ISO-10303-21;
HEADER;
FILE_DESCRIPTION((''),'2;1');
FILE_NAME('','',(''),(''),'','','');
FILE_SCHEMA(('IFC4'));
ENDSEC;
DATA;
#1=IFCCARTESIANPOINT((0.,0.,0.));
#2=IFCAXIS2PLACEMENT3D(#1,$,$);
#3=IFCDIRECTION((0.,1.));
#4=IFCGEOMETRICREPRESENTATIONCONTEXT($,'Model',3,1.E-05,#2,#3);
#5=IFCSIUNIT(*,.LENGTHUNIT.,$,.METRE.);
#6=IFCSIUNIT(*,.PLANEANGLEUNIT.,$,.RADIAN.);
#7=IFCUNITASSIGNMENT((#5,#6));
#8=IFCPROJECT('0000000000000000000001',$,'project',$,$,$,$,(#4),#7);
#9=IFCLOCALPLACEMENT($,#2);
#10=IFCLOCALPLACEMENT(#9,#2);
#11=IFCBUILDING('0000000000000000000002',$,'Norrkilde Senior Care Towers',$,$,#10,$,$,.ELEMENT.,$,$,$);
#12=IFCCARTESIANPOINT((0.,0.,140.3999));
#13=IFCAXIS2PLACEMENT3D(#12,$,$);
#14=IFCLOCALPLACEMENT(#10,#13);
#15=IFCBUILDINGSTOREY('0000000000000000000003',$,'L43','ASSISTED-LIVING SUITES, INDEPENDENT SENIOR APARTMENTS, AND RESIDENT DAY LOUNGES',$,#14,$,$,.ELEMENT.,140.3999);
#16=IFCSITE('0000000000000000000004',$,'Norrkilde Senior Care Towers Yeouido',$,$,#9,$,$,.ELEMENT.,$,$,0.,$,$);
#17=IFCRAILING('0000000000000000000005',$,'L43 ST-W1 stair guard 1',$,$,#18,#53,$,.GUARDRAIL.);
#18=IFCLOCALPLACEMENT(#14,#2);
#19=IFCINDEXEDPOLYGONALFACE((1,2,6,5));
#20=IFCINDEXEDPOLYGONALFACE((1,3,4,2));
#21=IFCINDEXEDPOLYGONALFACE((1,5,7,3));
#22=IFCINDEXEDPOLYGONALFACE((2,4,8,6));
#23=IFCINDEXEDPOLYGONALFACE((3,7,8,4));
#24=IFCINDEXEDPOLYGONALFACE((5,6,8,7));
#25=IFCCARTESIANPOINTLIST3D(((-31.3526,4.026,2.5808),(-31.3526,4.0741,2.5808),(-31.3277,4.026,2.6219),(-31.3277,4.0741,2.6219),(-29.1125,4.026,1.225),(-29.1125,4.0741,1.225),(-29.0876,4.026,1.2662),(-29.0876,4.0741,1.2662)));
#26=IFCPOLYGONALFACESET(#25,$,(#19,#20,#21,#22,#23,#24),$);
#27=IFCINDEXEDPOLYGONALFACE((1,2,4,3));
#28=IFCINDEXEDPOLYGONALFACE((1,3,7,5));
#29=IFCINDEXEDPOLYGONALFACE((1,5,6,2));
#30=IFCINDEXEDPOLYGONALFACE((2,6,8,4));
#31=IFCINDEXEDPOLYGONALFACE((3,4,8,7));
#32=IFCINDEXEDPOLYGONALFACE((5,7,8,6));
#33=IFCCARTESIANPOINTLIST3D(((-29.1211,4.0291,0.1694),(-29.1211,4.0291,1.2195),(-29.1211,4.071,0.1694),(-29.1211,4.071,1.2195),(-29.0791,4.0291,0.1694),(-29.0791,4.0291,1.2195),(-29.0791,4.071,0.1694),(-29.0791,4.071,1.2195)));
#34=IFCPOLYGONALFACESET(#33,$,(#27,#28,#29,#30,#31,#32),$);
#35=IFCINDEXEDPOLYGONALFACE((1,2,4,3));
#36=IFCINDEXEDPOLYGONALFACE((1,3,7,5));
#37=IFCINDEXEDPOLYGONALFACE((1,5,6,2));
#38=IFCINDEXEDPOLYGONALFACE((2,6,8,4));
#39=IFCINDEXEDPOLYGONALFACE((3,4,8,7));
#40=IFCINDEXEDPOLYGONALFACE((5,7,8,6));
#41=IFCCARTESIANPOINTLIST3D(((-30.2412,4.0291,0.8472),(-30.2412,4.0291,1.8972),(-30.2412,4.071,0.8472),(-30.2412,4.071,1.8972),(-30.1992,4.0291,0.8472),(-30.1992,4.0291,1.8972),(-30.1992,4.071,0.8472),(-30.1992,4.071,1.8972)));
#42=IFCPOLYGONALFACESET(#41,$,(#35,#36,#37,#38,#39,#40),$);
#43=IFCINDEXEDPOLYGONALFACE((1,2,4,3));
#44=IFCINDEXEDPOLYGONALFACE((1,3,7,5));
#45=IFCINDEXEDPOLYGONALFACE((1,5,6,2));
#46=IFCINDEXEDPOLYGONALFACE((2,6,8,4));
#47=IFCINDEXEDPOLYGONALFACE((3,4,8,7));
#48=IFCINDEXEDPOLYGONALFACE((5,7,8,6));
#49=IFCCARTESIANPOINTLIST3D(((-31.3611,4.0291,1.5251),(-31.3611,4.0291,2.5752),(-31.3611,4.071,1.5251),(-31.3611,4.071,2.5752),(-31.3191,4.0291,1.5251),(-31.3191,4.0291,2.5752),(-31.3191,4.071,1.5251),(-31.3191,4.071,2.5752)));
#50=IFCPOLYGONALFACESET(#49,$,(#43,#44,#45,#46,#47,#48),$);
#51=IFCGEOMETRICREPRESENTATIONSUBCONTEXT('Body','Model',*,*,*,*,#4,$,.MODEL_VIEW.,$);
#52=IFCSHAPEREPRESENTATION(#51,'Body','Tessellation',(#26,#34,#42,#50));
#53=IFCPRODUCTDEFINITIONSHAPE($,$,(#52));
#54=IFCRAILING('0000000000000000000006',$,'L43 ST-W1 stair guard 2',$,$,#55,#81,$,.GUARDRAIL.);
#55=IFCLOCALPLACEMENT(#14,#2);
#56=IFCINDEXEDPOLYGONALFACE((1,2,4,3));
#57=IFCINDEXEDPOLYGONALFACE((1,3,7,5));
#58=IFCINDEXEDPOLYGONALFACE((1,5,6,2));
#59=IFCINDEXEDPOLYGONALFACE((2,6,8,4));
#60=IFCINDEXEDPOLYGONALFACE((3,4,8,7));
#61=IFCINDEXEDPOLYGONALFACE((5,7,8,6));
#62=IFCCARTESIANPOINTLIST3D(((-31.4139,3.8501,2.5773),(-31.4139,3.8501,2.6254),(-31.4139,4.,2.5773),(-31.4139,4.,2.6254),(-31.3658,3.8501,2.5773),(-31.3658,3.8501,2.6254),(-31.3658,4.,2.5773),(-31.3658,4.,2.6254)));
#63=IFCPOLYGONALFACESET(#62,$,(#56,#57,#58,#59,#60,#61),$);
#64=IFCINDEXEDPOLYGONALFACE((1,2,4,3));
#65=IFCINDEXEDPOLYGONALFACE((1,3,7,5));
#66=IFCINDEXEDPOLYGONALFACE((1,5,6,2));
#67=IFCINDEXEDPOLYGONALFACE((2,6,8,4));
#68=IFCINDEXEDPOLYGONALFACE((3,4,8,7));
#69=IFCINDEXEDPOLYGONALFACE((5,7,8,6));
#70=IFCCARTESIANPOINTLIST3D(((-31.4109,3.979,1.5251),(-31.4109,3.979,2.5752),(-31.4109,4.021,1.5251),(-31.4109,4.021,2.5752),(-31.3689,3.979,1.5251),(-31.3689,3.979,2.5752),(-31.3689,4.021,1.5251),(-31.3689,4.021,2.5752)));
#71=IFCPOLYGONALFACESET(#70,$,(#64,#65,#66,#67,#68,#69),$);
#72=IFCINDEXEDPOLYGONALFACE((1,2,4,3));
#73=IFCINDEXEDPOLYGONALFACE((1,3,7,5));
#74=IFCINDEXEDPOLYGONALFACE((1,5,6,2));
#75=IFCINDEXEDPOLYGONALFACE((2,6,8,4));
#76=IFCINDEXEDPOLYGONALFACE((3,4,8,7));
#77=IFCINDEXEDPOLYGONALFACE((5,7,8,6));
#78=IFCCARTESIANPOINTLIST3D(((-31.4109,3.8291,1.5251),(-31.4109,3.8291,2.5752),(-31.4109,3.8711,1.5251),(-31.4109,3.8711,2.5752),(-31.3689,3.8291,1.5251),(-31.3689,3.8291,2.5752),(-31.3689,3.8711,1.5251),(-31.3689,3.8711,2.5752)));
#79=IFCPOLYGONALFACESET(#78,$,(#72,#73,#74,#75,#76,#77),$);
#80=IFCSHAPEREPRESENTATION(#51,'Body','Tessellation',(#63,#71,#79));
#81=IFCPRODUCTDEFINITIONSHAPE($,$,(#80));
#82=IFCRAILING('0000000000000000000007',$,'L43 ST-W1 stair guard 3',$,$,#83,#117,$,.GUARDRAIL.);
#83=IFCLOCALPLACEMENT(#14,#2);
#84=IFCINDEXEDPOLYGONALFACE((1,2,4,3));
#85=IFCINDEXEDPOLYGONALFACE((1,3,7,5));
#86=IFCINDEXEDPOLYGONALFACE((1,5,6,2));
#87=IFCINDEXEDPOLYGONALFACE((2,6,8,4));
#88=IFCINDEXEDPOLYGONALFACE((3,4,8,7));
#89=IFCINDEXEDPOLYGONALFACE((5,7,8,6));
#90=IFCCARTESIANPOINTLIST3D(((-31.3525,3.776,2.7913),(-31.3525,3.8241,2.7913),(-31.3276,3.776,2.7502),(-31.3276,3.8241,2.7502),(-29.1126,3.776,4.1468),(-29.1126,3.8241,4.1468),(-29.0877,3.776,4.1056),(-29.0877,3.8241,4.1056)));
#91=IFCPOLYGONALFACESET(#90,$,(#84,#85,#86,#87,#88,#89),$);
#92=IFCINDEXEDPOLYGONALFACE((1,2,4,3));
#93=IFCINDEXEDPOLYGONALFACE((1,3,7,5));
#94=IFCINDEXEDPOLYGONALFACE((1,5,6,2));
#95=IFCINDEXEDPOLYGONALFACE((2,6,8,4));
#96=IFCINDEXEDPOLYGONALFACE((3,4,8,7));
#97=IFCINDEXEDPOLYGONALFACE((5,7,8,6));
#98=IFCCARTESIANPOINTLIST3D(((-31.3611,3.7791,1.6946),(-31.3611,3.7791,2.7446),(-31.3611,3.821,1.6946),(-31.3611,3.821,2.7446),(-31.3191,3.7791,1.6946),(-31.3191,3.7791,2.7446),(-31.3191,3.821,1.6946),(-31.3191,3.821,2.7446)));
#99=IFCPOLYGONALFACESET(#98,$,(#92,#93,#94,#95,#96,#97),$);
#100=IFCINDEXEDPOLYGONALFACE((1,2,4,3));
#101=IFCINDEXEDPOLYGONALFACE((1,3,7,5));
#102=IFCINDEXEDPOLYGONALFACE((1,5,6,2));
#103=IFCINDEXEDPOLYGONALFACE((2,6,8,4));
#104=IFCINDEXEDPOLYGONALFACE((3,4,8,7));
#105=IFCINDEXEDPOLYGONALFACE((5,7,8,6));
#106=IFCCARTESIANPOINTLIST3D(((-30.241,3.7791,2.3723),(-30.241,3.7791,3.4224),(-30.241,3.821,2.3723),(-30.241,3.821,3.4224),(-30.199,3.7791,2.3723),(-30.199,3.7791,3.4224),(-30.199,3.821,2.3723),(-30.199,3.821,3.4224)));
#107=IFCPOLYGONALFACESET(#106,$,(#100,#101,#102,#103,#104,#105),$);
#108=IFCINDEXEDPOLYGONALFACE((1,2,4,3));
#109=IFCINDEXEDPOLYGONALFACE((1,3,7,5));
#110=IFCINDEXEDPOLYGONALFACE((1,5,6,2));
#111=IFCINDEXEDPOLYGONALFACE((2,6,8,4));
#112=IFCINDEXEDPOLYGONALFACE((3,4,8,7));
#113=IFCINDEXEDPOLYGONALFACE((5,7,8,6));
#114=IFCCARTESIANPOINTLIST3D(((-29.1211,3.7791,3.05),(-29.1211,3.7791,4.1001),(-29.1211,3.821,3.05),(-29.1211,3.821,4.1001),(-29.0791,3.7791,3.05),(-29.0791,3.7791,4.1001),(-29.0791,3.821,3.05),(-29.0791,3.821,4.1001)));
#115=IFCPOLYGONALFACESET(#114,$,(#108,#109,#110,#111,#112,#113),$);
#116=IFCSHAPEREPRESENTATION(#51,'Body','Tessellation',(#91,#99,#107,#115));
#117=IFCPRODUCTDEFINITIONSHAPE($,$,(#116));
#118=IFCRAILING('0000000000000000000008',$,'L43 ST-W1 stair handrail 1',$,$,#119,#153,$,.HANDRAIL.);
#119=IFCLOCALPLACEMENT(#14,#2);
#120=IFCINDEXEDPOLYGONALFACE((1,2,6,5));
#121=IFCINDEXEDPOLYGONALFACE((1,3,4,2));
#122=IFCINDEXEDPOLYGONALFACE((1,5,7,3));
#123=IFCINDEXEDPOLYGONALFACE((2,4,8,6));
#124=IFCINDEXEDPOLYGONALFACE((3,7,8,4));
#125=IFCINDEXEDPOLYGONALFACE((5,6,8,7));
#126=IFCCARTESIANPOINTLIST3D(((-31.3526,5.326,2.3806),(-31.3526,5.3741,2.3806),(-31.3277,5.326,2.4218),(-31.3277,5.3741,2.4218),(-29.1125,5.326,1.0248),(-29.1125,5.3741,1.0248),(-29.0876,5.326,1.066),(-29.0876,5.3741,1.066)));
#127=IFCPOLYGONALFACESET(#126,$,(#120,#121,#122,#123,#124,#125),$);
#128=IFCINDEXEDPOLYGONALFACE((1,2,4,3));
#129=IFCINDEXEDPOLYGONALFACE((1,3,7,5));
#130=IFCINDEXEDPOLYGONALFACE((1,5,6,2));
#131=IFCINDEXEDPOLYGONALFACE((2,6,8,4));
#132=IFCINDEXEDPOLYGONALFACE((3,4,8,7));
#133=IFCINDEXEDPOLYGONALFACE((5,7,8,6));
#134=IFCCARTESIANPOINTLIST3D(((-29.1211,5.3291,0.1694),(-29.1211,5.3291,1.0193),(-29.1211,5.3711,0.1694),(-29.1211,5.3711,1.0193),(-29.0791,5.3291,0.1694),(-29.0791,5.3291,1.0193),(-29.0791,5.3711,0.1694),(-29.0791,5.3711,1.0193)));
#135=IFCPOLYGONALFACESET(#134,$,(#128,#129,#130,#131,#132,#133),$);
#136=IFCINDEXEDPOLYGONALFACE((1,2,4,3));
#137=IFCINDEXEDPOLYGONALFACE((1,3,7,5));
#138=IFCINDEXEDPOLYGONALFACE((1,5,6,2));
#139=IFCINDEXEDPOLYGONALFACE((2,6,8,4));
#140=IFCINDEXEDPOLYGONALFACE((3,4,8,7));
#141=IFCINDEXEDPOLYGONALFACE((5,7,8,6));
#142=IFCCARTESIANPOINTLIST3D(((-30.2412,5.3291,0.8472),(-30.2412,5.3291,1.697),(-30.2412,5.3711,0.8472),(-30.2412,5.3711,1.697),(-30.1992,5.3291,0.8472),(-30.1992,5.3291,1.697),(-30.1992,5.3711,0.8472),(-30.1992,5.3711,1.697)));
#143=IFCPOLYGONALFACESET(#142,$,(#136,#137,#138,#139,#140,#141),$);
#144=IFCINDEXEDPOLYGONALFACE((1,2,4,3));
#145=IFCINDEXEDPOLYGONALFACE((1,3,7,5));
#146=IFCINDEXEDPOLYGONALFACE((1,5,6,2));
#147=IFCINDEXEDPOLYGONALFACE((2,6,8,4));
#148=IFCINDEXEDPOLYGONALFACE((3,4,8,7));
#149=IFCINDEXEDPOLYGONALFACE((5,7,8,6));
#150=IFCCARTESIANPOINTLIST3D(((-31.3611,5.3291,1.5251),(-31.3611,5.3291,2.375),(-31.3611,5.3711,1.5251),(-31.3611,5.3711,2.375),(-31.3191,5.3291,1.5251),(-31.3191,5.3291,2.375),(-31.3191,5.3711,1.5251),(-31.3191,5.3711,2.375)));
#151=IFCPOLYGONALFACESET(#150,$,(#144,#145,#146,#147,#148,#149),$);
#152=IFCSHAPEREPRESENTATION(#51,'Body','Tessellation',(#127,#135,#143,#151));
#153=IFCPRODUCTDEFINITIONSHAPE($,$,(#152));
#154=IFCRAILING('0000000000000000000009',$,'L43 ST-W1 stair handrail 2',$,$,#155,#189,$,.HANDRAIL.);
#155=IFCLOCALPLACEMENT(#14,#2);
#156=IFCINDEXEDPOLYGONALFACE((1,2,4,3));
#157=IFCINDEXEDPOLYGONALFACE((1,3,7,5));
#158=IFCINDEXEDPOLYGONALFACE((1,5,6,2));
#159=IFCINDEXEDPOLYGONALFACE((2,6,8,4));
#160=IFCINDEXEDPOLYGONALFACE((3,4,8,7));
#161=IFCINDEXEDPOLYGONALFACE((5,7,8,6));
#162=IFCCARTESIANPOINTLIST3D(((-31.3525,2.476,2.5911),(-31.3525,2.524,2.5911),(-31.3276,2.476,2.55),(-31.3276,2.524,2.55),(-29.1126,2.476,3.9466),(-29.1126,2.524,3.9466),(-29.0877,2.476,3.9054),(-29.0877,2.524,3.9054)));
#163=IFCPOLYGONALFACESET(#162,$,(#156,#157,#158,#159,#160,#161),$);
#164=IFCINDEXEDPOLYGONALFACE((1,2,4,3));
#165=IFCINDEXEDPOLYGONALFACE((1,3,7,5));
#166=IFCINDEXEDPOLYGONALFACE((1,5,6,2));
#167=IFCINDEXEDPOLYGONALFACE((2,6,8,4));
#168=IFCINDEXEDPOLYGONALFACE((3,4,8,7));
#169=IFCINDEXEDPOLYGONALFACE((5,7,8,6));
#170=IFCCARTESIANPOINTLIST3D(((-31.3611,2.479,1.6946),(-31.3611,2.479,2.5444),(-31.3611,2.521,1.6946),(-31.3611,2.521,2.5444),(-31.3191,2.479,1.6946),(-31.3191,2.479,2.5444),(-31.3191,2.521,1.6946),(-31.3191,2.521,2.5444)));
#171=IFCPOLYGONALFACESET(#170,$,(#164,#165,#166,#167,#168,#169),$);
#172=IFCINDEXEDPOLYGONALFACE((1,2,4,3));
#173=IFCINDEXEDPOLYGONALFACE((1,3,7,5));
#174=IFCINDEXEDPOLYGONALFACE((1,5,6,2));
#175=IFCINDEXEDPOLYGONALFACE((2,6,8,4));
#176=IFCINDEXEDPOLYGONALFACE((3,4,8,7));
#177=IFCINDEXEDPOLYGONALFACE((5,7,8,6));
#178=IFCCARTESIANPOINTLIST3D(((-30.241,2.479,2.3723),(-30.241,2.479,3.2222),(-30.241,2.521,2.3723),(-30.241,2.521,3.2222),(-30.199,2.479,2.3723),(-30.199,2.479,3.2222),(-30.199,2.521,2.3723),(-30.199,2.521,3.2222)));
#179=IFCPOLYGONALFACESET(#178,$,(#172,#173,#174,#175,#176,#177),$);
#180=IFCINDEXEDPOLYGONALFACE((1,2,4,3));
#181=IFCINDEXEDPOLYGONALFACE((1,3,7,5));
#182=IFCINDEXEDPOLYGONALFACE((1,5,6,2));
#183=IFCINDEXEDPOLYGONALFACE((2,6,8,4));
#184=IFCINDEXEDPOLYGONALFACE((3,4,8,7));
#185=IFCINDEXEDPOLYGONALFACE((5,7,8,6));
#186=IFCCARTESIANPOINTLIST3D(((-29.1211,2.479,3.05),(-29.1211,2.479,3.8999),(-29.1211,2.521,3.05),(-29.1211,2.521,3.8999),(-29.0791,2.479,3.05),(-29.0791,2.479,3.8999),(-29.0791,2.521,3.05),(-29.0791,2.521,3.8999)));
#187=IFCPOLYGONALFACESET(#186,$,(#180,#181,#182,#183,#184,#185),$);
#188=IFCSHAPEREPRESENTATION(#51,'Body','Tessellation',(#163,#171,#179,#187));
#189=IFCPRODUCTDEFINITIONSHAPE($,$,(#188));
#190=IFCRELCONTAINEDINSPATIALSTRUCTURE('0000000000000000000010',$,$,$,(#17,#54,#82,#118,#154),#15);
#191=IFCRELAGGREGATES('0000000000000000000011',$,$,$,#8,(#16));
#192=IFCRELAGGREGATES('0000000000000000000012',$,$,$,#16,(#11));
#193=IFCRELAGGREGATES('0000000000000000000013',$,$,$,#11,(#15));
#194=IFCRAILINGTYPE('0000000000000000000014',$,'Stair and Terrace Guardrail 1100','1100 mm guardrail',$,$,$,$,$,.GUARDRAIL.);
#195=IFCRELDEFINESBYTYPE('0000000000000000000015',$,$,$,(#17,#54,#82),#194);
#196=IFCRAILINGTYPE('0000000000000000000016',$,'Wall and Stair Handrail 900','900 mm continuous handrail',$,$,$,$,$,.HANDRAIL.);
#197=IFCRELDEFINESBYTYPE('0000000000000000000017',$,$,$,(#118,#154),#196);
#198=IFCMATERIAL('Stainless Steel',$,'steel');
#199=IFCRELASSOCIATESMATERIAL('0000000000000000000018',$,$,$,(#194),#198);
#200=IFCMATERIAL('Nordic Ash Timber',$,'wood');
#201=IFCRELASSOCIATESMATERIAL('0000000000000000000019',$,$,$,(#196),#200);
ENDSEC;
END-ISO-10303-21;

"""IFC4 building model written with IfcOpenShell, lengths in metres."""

from ifc_helpers import new_model, si_unit, direction, frame, origin, origin_2d, place, context, subcontext, project, spatial, rectangle, extrude, material, type_object, element, save


model = new_model("IFC4")

# Units and contexts
model_context = context("Model", 3, precision=1e-05, world=origin(), true_north=direction((0.0, 1.0)))
body_context = subcontext(model_context, "Body", "Model", "MODEL_VIEW")
ifc_project = project(units=[si_unit("LENGTHUNIT", "METRE"), si_unit("PLANEANGLEUNIT", "RADIAN")], contexts=[model_context])

# Site, building, storey
site_placement = place(None, origin())
site = spatial("IfcSite", under=ifc_project, at=site_placement, Name="Norrkilde Senior Care Towers Yeouido", CompositionType="ELEMENT", RefElevation=0.0)
building_placement = place(site_placement, origin())
building = spatial("IfcBuilding", under=site, at=building_placement, Name="Norrkilde Senior Care Towers", CompositionType="ELEMENT")
storey_placement = place(building_placement, frame((0.0, 0.0, 140.3999)))
storey = spatial("IfcBuildingStorey", under=building, at=storey_placement, Name="L43", Description="ASSISTED-LIVING SUITES, INDEPENDENT SENIOR APARTMENTS, AND RESIDENT DAY LOUNGES", CompositionType="ELEMENT", Elevation=140.3999)

# Railings
ifc_material_1 = material(Name="Stainless Steel", Category="steel")
railing_type_1 = type_object("IfcRailingType", Name="Stair and Terrace Guardrail 1100", Description="1100 mm guardrail", PredefinedType="GUARDRAIL", material=ifc_material_1)
railing_1_placement = place(storey_placement, frame((-29.1001, 4.05, 0.1694)))
element("IfcRailing", 1, at=railing_1_placement, inside=storey, type_object=railing_type_1, Name="L43 ST-W1 stair guard 1", PredefinedType="GUARDRAIL", context=body_context, shape_type="SweptSolid", body=[
    extrude(rectangle(XDim=0.0481, YDim=0.0481, at=origin_2d()), frame((0.0, 0.0, 1.0762), z_axis=(-0.855512, 0.0, 0.517783), x_axis=(0.0, -1.0, 0.0)), (0.0, 0.0, 1.0), 2.6184),
    extrude(rectangle(XDim=0.042, YDim=0.042, at=origin_2d()), origin(), (0.0, 0.0, 1.0), 1.05),
    extrude(rectangle(XDim=0.042, YDim=0.042, at=origin_2d()), frame((-1.1201, 0.0, 0.6777)), (0.0, 0.0, 1.0), 1.05),
    extrude(rectangle(XDim=0.042, YDim=0.042, at=origin_2d()), frame((-2.24, 0.0, 1.3557)), (0.0, 0.0, 1.0), 1.05),
])
railing_2_placement = place(storey_placement, frame((-31.3899, 4.0, 1.5251)))
element("IfcRailing", 2, at=railing_2_placement, inside=storey, type_object=railing_type_1, Name="L43 ST-W1 stair guard 2", PredefinedType="GUARDRAIL", context=body_context, shape_type="SweptSolid", body=[
    extrude(rectangle(XDim=0.0481, YDim=0.0481, at=origin_2d()), frame((0.0, 0.0, 1.0762), z_axis=(0.0, -1.0, 0.0), x_axis=(1.0, 0.0, 0.0)), (0.0, 0.0, 1.0), 0.1499),
    extrude(rectangle(XDim=0.042, YDim=0.042, at=origin_2d()), origin(), (0.0, 0.0, 1.0), 1.05),
    extrude(rectangle(XDim=0.042, YDim=0.042, at=origin_2d()), frame((0.0, -0.1499, 0.0)), (0.0, 0.0, 1.0), 1.05),
])
railing_3_placement = place(storey_placement, frame((-31.3401, 3.8, 1.6946)))
element("IfcRailing", 3, at=railing_3_placement, inside=storey, type_object=railing_type_1, Name="L43 ST-W1 stair guard 3", PredefinedType="GUARDRAIL", context=body_context, shape_type="SweptSolid", body=[
    extrude(rectangle(XDim=0.0481, YDim=0.0481, at=origin_2d()), frame((0.0, 0.0, 1.0762), z_axis=(0.855553, 0.0, 0.517715), x_axis=(0.0, 1.0, 0.0)), (0.0, 0.0, 1.0), 2.6182),
    extrude(rectangle(XDim=0.042, YDim=0.042, at=origin_2d()), origin(), (0.0, 0.0, 1.0), 1.05),
    extrude(rectangle(XDim=0.042, YDim=0.042, at=origin_2d()), frame((1.1201, 0.0, 0.6777)), (0.0, 0.0, 1.0), 1.05),
    extrude(rectangle(XDim=0.042, YDim=0.042, at=origin_2d()), frame((2.24, 0.0, 1.3555)), (0.0, 0.0, 1.0), 1.05),
])
ifc_material_2 = material(Name="Nordic Ash Timber", Category="wood")
railing_type_2 = type_object("IfcRailingType", Name="Wall and Stair Handrail 900", Description="900 mm continuous handrail", PredefinedType="HANDRAIL", material=ifc_material_2)
railing_4_placement = place(storey_placement, frame((-29.1001, 5.3501, 0.1694)))
element("IfcRailing", 4, at=railing_4_placement, inside=storey, type_object=railing_type_2, Name="L43 ST-W1 stair handrail 1", PredefinedType="HANDRAIL", context=body_context, shape_type="SweptSolid", body=[
    extrude(rectangle(XDim=0.0481, YDim=0.0481, at=origin_2d()), frame((0.0, 0.0, 0.876), z_axis=(-0.855512, 0.0, 0.517783), x_axis=(0.0, -1.0, 0.0)), (0.0, 0.0, 1.0), 2.6184),
    extrude(rectangle(XDim=0.042, YDim=0.042, at=origin_2d()), origin(), (0.0, 0.0, 1.0), 0.8499),
    extrude(rectangle(XDim=0.042, YDim=0.042, at=origin_2d()), frame((-1.1201, 0.0, 0.6777)), (0.0, 0.0, 1.0), 0.8499),
    extrude(rectangle(XDim=0.042, YDim=0.042, at=origin_2d()), frame((-2.24, 0.0, 1.3557)), (0.0, 0.0, 1.0), 0.8499),
])
railing_5_placement = place(storey_placement, frame((-31.3401, 2.5, 1.6946)))
element("IfcRailing", 5, at=railing_5_placement, inside=storey, type_object=railing_type_2, Name="L43 ST-W1 stair handrail 2", PredefinedType="HANDRAIL", context=body_context, shape_type="SweptSolid", body=[
    extrude(rectangle(XDim=0.0481, YDim=0.0481, at=origin_2d()), frame((0.0, 0.0, 0.876), z_axis=(0.855553, 0.0, 0.517715), x_axis=(0.0, 1.0, 0.0)), (0.0, 0.0, 1.0), 2.6182),
    extrude(rectangle(XDim=0.042, YDim=0.042, at=origin_2d()), origin(), (0.0, 0.0, 1.0), 0.8499),
    extrude(rectangle(XDim=0.042, YDim=0.042, at=origin_2d()), frame((1.1201, 0.0, 0.6777)), (0.0, 0.0, 1.0), 0.8499),
    extrude(rectangle(XDim=0.042, YDim=0.042, at=origin_2d()), frame((2.24, 0.0, 1.3555)), (0.0, 0.0, 1.0), 0.8499),
])

save(model, "model.ifc")
